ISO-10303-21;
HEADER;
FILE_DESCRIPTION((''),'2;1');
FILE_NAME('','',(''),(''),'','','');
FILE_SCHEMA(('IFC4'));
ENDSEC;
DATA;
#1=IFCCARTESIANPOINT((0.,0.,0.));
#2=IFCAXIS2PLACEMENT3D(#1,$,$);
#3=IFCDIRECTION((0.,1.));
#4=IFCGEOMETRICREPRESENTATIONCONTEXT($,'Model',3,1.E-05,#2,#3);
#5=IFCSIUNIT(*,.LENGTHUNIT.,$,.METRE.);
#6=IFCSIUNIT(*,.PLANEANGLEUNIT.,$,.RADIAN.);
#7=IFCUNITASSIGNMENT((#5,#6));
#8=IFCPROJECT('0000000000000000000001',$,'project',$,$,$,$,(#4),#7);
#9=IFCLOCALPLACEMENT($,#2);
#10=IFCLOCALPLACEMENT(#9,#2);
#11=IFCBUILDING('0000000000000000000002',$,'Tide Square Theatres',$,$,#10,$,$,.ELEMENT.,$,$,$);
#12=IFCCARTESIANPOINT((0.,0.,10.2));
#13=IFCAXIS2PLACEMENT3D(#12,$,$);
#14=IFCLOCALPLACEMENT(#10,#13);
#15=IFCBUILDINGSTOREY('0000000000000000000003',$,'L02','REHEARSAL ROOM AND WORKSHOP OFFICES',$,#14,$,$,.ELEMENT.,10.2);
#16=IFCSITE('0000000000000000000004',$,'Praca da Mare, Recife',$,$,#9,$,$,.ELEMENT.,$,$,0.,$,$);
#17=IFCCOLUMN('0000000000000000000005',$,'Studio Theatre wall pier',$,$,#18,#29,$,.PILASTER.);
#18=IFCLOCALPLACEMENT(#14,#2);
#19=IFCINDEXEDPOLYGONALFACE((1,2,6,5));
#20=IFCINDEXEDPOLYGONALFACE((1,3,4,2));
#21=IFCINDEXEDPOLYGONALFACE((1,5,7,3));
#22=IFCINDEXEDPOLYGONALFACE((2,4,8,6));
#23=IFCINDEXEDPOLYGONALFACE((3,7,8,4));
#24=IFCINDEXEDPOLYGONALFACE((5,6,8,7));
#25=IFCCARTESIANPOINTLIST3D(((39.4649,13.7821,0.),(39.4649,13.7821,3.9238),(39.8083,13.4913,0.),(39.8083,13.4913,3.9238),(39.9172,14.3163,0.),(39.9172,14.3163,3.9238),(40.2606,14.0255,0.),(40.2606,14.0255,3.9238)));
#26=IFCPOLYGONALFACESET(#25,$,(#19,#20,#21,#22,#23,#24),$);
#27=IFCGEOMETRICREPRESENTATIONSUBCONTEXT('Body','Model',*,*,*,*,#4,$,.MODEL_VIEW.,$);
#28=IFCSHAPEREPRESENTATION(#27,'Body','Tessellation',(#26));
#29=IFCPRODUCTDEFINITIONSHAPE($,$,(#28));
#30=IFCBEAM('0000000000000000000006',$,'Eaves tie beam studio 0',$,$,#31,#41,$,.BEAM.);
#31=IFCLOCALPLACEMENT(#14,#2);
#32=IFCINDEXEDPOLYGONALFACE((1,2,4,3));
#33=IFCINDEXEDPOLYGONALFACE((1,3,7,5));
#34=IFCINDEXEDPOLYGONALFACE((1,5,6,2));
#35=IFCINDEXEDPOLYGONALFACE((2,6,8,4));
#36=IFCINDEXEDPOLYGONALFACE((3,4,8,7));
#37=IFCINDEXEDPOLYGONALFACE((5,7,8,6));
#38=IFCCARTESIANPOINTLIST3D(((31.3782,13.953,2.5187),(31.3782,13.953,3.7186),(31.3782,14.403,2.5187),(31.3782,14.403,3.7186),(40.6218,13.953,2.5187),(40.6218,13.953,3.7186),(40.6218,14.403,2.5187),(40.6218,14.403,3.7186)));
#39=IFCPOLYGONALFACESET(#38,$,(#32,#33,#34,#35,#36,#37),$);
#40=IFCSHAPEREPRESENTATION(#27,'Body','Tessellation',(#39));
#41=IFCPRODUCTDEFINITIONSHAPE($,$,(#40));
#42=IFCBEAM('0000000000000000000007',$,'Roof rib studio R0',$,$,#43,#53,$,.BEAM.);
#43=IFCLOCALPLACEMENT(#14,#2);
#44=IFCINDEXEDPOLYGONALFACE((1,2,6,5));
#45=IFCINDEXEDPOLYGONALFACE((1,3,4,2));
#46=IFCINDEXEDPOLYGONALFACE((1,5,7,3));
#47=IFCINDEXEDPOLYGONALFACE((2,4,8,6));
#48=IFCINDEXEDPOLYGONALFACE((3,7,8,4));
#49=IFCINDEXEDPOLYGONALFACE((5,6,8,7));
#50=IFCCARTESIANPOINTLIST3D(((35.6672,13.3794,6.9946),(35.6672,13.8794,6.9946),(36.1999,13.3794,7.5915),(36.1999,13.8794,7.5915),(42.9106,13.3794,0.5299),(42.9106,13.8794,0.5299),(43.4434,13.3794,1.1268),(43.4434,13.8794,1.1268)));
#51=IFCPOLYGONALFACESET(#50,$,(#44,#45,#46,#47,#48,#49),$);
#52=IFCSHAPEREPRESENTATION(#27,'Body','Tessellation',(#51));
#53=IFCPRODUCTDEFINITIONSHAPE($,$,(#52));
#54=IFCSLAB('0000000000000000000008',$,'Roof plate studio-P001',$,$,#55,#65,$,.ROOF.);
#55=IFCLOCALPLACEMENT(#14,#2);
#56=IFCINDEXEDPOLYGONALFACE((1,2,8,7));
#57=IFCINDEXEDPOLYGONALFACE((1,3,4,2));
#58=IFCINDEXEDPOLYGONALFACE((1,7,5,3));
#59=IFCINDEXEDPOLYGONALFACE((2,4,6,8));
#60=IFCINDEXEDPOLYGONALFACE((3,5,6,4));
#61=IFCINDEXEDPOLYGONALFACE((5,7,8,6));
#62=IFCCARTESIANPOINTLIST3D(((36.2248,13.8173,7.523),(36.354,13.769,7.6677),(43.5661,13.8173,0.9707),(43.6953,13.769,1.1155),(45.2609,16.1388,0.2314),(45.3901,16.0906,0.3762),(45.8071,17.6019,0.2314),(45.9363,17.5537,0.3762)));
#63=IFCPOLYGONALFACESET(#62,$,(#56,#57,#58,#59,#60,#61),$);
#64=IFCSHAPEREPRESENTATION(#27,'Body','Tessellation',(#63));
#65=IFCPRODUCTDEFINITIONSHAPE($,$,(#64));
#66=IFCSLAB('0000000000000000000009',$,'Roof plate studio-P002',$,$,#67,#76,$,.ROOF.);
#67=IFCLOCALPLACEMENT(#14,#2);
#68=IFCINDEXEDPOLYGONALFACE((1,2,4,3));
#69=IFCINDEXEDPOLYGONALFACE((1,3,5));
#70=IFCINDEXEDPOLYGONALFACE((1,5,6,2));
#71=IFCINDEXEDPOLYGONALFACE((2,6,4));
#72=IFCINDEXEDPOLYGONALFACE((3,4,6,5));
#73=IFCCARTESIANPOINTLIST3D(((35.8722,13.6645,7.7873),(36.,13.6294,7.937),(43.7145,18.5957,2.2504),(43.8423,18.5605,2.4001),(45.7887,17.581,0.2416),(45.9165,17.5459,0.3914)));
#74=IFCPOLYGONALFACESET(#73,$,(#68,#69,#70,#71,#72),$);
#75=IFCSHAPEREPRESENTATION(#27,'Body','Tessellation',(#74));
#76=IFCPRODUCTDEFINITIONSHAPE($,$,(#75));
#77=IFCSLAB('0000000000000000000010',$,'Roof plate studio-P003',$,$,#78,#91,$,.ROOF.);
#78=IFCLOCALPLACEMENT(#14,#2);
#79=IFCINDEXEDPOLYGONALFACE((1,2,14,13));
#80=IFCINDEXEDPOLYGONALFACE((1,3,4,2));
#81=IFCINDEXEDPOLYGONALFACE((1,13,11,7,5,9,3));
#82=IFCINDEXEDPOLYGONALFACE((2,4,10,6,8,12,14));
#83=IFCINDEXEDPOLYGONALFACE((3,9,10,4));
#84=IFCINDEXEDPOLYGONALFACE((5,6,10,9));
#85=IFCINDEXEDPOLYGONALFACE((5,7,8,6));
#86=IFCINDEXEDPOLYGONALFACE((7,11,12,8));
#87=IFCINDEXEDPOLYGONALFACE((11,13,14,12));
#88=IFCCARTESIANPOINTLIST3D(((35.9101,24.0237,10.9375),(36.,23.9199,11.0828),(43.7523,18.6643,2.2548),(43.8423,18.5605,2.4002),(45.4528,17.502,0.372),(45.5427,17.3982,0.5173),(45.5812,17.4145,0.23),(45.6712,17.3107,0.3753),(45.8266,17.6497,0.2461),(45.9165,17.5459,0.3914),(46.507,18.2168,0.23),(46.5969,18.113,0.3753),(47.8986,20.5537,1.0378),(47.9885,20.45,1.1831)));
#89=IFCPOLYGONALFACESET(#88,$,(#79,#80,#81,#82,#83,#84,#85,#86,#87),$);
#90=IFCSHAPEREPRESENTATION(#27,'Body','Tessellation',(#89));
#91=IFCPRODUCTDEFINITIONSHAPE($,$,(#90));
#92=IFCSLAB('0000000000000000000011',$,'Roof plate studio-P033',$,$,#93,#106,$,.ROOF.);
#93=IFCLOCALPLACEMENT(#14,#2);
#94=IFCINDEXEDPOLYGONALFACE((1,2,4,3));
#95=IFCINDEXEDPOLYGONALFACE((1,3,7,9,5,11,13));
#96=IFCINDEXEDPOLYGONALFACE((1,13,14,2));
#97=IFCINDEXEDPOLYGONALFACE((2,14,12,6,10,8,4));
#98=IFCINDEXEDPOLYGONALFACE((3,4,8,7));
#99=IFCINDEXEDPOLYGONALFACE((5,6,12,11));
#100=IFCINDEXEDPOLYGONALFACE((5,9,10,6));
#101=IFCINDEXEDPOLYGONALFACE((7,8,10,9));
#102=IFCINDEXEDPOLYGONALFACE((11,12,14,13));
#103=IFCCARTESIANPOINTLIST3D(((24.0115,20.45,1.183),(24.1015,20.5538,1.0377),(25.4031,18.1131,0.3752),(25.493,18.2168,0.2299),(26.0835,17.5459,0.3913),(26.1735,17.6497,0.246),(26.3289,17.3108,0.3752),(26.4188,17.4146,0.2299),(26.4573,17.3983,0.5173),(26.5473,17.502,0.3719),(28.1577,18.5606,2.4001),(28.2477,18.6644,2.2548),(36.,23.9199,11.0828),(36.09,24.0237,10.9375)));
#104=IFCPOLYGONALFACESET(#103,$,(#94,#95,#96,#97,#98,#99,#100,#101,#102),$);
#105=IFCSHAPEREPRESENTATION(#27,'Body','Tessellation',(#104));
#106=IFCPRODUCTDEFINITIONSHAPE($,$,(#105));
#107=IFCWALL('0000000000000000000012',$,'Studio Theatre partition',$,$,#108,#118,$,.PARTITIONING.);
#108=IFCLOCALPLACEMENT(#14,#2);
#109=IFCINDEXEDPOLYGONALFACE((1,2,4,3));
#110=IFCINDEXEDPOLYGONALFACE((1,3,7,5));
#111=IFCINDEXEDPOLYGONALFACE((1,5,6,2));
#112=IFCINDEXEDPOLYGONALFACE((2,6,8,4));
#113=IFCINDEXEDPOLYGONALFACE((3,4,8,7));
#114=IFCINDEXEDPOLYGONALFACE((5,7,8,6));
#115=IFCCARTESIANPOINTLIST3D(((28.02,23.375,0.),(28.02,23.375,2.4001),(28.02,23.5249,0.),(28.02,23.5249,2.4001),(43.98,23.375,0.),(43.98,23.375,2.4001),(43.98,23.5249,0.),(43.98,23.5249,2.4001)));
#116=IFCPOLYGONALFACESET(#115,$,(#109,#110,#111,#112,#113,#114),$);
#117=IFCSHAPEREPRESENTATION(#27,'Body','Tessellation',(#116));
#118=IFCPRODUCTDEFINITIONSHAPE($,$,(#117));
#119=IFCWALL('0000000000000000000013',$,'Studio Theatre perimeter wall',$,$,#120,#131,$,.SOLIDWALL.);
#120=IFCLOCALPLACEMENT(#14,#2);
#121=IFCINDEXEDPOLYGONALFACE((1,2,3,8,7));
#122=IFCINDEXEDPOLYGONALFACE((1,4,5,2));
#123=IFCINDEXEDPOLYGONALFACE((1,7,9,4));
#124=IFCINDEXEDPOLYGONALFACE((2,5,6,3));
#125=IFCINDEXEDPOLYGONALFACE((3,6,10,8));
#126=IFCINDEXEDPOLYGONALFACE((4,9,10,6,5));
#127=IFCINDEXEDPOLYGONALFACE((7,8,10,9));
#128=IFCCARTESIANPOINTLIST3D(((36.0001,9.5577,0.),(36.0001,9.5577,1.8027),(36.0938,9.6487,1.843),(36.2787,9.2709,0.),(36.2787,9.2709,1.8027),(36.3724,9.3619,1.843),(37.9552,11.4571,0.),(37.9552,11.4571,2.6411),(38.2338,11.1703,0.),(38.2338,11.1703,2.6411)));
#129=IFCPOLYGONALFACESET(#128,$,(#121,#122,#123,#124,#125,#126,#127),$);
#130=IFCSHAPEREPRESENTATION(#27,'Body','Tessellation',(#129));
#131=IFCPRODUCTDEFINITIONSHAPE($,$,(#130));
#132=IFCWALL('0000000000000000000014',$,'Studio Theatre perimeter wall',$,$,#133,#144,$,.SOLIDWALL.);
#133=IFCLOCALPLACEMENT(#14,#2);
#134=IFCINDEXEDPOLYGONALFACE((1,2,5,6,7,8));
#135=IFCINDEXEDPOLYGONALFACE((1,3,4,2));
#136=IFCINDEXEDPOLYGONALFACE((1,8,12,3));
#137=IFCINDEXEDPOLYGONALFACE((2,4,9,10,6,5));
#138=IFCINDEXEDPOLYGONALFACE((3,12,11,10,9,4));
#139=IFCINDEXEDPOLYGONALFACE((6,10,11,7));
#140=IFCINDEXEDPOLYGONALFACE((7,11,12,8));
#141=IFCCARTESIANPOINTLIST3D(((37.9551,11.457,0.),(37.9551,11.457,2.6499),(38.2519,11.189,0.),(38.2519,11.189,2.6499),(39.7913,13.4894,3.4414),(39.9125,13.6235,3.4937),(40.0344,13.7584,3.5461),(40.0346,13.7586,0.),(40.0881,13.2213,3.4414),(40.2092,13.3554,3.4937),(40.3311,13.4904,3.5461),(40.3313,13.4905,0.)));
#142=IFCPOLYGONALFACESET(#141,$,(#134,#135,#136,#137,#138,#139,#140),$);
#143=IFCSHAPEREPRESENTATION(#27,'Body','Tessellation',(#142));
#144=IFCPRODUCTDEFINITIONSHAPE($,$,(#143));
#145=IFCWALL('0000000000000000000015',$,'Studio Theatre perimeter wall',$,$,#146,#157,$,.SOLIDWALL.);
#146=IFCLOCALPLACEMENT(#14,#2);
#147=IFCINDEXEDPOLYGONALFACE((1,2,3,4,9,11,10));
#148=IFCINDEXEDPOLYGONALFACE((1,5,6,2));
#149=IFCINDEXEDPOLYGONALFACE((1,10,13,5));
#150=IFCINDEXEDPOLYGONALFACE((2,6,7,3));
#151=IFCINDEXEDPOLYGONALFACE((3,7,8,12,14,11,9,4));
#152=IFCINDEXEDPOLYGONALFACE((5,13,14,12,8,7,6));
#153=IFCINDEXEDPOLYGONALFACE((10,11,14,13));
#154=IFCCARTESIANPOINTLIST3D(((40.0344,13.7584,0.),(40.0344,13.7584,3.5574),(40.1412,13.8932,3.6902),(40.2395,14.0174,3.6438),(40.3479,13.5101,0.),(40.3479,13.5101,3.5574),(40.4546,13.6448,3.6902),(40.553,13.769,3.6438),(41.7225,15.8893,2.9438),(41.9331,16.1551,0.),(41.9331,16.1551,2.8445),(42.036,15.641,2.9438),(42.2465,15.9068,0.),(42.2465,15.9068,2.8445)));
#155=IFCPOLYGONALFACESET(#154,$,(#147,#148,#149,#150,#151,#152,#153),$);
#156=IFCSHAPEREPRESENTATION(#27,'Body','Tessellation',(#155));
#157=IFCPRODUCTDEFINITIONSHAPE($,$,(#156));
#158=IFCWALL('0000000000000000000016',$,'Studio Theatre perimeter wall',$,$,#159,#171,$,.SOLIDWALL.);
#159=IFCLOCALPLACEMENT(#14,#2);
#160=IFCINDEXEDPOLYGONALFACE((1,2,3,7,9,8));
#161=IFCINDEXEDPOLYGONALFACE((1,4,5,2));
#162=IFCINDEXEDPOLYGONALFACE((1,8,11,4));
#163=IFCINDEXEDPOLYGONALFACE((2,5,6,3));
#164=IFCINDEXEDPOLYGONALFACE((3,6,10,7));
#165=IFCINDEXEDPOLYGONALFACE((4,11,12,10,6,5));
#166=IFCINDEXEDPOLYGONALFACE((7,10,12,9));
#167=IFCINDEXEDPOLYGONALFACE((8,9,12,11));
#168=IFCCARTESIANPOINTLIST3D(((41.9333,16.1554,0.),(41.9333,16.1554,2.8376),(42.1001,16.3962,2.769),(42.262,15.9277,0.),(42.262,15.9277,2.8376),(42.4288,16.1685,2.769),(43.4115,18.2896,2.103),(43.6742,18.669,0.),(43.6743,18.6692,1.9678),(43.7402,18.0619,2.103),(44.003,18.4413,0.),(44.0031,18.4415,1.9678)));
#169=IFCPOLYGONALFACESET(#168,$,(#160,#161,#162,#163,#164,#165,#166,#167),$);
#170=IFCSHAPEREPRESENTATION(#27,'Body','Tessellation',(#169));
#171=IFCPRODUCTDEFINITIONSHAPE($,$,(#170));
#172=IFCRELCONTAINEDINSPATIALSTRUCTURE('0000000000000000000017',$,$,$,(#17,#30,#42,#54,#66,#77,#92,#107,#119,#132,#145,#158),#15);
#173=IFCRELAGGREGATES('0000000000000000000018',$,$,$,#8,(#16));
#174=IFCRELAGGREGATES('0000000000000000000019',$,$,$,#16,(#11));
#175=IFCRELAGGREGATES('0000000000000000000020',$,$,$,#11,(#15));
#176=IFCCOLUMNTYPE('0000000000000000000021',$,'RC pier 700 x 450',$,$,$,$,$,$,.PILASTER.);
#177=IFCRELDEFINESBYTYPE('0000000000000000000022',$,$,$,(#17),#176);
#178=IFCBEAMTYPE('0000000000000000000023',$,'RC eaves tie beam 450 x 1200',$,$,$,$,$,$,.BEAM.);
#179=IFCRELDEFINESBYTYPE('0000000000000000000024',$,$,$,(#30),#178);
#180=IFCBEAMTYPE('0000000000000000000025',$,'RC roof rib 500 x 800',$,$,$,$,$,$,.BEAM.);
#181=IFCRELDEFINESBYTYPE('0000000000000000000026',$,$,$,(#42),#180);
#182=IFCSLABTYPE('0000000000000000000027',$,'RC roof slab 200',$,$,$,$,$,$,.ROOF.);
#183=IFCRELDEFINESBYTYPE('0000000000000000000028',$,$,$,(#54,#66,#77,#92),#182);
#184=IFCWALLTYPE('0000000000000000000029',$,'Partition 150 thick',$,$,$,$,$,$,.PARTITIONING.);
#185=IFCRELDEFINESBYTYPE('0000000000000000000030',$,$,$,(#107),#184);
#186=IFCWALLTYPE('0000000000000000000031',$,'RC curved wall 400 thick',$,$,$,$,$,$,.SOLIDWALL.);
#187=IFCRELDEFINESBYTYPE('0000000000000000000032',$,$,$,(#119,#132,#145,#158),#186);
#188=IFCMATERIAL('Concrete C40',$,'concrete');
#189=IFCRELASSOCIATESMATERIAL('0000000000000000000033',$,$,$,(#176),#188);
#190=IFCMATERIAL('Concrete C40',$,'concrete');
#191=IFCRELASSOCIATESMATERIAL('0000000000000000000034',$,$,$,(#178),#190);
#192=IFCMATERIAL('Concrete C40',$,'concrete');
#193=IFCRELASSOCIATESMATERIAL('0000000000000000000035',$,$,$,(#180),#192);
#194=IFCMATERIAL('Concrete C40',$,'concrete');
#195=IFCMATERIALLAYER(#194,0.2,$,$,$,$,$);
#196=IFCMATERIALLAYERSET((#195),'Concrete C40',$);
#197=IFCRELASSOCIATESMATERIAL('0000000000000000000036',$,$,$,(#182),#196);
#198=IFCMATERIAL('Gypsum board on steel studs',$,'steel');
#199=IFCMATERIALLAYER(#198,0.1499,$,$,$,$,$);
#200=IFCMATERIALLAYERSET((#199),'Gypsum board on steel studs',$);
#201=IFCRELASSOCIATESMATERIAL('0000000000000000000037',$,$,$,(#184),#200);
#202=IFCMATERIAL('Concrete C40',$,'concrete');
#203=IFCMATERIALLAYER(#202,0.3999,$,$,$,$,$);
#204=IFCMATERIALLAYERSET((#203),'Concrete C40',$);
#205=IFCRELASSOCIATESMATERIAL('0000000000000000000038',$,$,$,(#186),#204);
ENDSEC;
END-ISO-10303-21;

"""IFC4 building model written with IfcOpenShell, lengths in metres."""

from ifc_helpers import new_model, si_unit, direction, frame, frame_2d, origin, origin_2d, place, context, subcontext, project, spatial, polyline, rectangle, outline, extrude, material, layer, layer_set, material_profile, profile_set, type_object, element, save


model = new_model("IFC4")

# Units and contexts
model_context = context("Model", 3, precision=1e-05, world=origin(), true_north=direction((0.0, 1.0)))
body_context = subcontext(model_context, "Body", "Model", "MODEL_VIEW")
ifc_project = project(units=[si_unit("LENGTHUNIT", "METRE"), si_unit("PLANEANGLEUNIT", "RADIAN")], contexts=[model_context])

# Site, building, storey
site_placement = place(None, origin())
site = spatial("IfcSite", under=ifc_project, at=site_placement, Name="Praca da Mare, Recife", CompositionType="ELEMENT", RefElevation=0.0)
building_placement = place(site_placement, origin())
building = spatial("IfcBuilding", under=site, at=building_placement, Name="Tide Square Theatres", CompositionType="ELEMENT")
storey_placement = place(building_placement, frame((0.0, 0.0, 10.2)))
storey = spatial("IfcBuildingStorey", under=building, at=storey_placement, Name="L02", Description="REHEARSAL ROOM AND WORKSHOP OFFICES", CompositionType="ELEMENT", Elevation=10.2)

# Column
ifc_material_1 = material(Name="Concrete C40", Category="concrete")
ifc_material_profile_1 = material_profile(ifc_material_1, rectangle(XDim=0.7, YDim=0.45, at=origin_2d()))
ifc_profile_set_1 = profile_set([ifc_material_profile_1], Name="Concrete C40")
column_type = type_object("IfcColumnType", Name="RC pier 700 x 450", PredefinedType="PILASTER", material=ifc_profile_set_1)
column_placement = place(storey_placement, frame((39.8628, 13.9038, 0.0), z_axis=(0.0, 0.0, 1.0), x_axis=(0.646184, 0.763182, 0.0)))
element("IfcColumn", 1, at=column_placement, inside=storey, type_object=column_type, Name="Studio Theatre wall pier", PredefinedType="PILASTER", context=body_context, shape_type="SweptSolid", body=[
    extrude(rectangle(XDim=0.7, YDim=0.45, at=origin_2d()), origin(), (0.0, 0.0, 1.0), 3.9238),
])

# Beams
ifc_material_2 = material(Name="Concrete C40", Category="concrete")
ifc_material_profile_2 = material_profile(ifc_material_2, rectangle(XDim=0.45, YDim=1.2, at=origin_2d()))
ifc_profile_set_2 = profile_set([ifc_material_profile_2], Name="Concrete C40")
beam_type_1 = type_object("IfcBeamType", Name="RC eaves tie beam 450 x 1200", PredefinedType="BEAM", material=ifc_profile_set_2)
beam_1_placement = place(storey_placement, frame((40.6218, 14.178, 3.1187), z_axis=(-1.0, 0.0, 0.0), x_axis=(0.0, -1.0, 0.0)))
element("IfcBeam", 2, at=beam_1_placement, inside=storey, type_object=beam_type_1, Name="Eaves tie beam studio 0", PredefinedType="BEAM", context=body_context, shape_type="SweptSolid", body=[
    extrude(rectangle(XDim=0.45, YDim=1.2, at=origin_2d()), origin(), (0.0, 0.0, 1.0), 9.2437),
])
ifc_material_3 = material(Name="Concrete C40", Category="concrete")
ifc_material_profile_3 = material_profile(ifc_material_3, rectangle(XDim=0.5, YDim=0.8, at=origin_2d()))
ifc_profile_set_3 = profile_set([ifc_material_profile_3], Name="Concrete C40")
beam_type_2 = type_object("IfcBeamType", Name="RC roof rib 500 x 800", PredefinedType="BEAM", material=ifc_profile_set_3)
beam_2_placement = place(storey_placement, frame((43.177, 13.6294, 0.8284), z_axis=(-0.746077, 0.0, 0.665859), x_axis=(0.0, -1.0, 0.0)))
element("IfcBeam", 3, at=beam_2_placement, inside=storey, type_object=beam_type_2, Name="Roof rib studio R0", PredefinedType="BEAM", context=body_context, shape_type="SweptSolid", body=[
    extrude(rectangle(XDim=0.5, YDim=0.8, at=origin_2d()), origin(), (0.0, 0.0, 1.0), 9.7087),
])

# Slabs
ifc_material_4 = material(Name="Concrete C40", Category="concrete")
ifc_layer_1 = layer(ifc_material_4, 0.2)
ifc_layer_set_1 = layer_set([ifc_layer_1], Name="Concrete C40")
slab_type = type_object("IfcSlabType", Name="RC roof slab 200", PredefinedType="ROOF", material=ifc_layer_set_1)
slab_1_placement = place(storey_placement, frame((45.3901, 16.0906, 0.3762), z_axis=(0.646214, -0.241209, 0.724034), x_axis=(0.3497, 0.936862, -0.000002)))
element("IfcSlab", 4, at=slab_1_placement, inside=storey, type_object=slab_type, Name="Roof plate studio-P001", PredefinedType="ROOF", context=body_context, shape_type="SweptSolid", body=[
    extrude(outline(polyline([(0.0, 0.0), (1.5617, 0.0), (-5.3349, 10.571), (-2.7676, 1.0717), (0.0, 0.0)])), origin(), (0.0, 0.0, -1.0), 0.2),
])
slab_2_placement = place(storey_placement, frame((43.8423, 18.5605, 2.4001), z_axis=(0.639143, -0.175757, 0.748736), x_axis=(-0.726653, -0.456912, 0.513037)))
element("IfcSlab", 5, at=slab_2_placement, inside=storey, type_object=slab_type, Name="Roof plate studio-P002", PredefinedType="ROOF", context=body_context, shape_type="SweptSolid", body=[
    extrude(outline(polyline([(0.0, 0.0), (10.7923, 0.0), (-2.0742, 2.2505), (0.0, 0.0)])), origin(), (0.0, 0.0, -1.0), 0.2),
])
slab_3_placement = place(storey_placement, frame((47.9885, 20.45, 1.1831), z_axis=(0.44987, -0.519102, 0.726739), x_axis=(-0.752568, 0.217822, 0.621446)))
element("IfcSlab", 6, at=slab_3_placement, inside=storey, type_object=slab_type, Name="Roof plate studio-P003", PredefinedType="ROOF", context=body_context, shape_type="SweptSolid", body=[
    extrude(outline(polyline([(0.0, 0.0), (15.9301, 0.0), (3.4651, 3.1993), (0.4347, 3.6283), (0.7621, 3.8933), (0.5582, 3.9453), (0.0362, 2.8371), (0.0, 0.0)])), origin(), (0.0, 0.0, -1.0), 0.2),
])
slab_4_placement = place(storey_placement, frame((36.0, 23.9199, 11.0828), z_axis=(-0.44987, -0.519102, 0.726739), x_axis=(-0.752568, -0.217822, -0.621446)))
element("IfcSlab", 7, at=slab_4_placement, inside=storey, type_object=slab_type, Name="Roof plate studio-P033", PredefinedType="ROOF", context=body_context, shape_type="SweptSolid", body=[
    extrude(outline(polyline([(0.0, 0.0), (15.9301, 0.0), (15.8939, 2.8371), (15.372, 3.9453), (15.168, 3.8933), (15.4954, 3.6283), (12.465, 3.1993), (0.0, 0.0)])), origin(), (0.0, 0.0, -1.0), 0.2),
])

# Walls
ifc_material_5 = material(Name="Gypsum board on steel studs", Category="steel")
ifc_layer_2 = layer(ifc_material_5, 0.1499)
ifc_layer_set_2 = layer_set([ifc_layer_2], Name="Gypsum board on steel studs")
wall_type_1 = type_object("IfcWallType", Name="Partition 150 thick", PredefinedType="PARTITIONING", material=ifc_layer_set_2)
wall_1_placement = place(storey_placement, frame((43.98, 23.45, 0.0), z_axis=(0.0, 0.0, 1.0), x_axis=(-1.0, 0.0, 0.0)))
element("IfcWall", 8, at=wall_1_placement, inside=storey, type_object=wall_type_1, Name="Studio Theatre partition", PredefinedType="PARTITIONING", context=body_context, shape_type="SweptSolid", body=[
    extrude(rectangle(XDim=15.96, YDim=0.1499, at=frame_2d((7.98, 0.0))), origin(), (0.0, 0.0, 1.0), 2.4001),
])
ifc_material_6 = material(Name="Concrete C40", Category="concrete")
ifc_layer_3 = layer(ifc_material_6, 0.3999)
ifc_layer_set_3 = layer_set([ifc_layer_3], Name="Concrete C40")
wall_type_2 = type_object("IfcWallType", Name="RC curved wall 400 thick", PredefinedType="SOLIDWALL", material=ifc_layer_set_3)
wall_2_placement = place(storey_placement, frame((36.1394, 9.4143, 0.0), z_axis=(0.0, 0.0, 1.0), x_axis=(0.717244, 0.696823, 0.0)))
element("IfcWall", 9, at=wall_2_placement, inside=storey, type_object=wall_type_2, Name="Studio Theatre perimeter wall", PredefinedType="SOLIDWALL", context=body_context, shape_type="SweptSolid", body=[
    extrude(outline(polyline([(0.0, 0.0), (2.7258, 0.0), (2.7258, 2.6411), (0.1306, 1.843), (0.0, 1.8027), (0.0, 0.0)])), frame((0.0, 0.2, 0.0), z_axis=(0.0, -1.0, 0.0), x_axis=(1.0, 0.0, 0.0)), (0.0, 0.0, 1.0), 0.3999),
])
wall_3_placement = place(storey_placement, frame((38.1035, 11.323, 0.0), z_axis=(0.0, 0.0, 1.0), x_axis=(0.670386, 0.742013, 0.0)))
element("IfcWall", 10, at=wall_3_placement, inside=storey, type_object=wall_type_2, Name="Studio Theatre perimeter wall", PredefinedType="SOLIDWALL", context=body_context, shape_type="SweptSolid", body=[
    extrude(outline(polyline([(0.0, 0.0), (3.1018, 0.0), (3.1016, 3.5461), (2.9197, 3.4937), (2.739, 3.4414), (0.0, 2.6499), (0.0, 0.0)])), frame((0.0, 0.2, 0.0), z_axis=(0.0, -1.0, 0.0), x_axis=(1.0, 0.0, 0.0)), (0.0, 0.0, 1.0), 0.3999),
])
wall_4_placement = place(storey_placement, frame((40.1912, 13.6343, 0.0), z_axis=(0.0, 0.0, 1.0), x_axis=(0.620959, 0.783843, 0.0)))
element("IfcWall", 11, at=wall_4_placement, inside=storey, type_object=wall_type_2, Name="Studio Theatre perimeter wall", PredefinedType="SOLIDWALL", context=body_context, shape_type="SweptSolid", body=[
    extrude(outline(polyline([(0.0, 0.0), (3.0576, 0.0), (3.0576, 2.8445), (2.7185, 2.9438), (0.3303, 3.6438), (0.1719, 3.6902), (0.0, 3.5574), (0.0, 0.0)])), frame((0.0, 0.2, 0.0), z_axis=(0.0, -1.0, 0.0), x_axis=(1.0, 0.0, 0.0)), (0.0, 0.0, 1.0), 0.3999),
])
wall_5_placement = place(storey_placement, frame((42.0977, 16.0415, 0.0), z_axis=(0.0, 0.0, 1.0), x_axis=(0.569372, 0.82208, 0.0)))
element("IfcWall", 12, at=wall_5_placement, inside=storey, type_object=wall_type_2, Name="Studio Theatre perimeter wall", PredefinedType="SOLIDWALL", context=body_context, shape_type="SweptSolid", body=[
    extrude(outline(polyline([(0.0, 0.0), (3.0576, 0.0), (3.0579, 1.9678), (2.5962, 2.103), (0.293, 2.769), (0.0, 2.8376), (0.0, 0.0)])), frame((0.0, 0.2, 0.0), z_axis=(0.0, -1.0, 0.0), x_axis=(1.0, 0.0, 0.0)), (0.0, 0.0, 1.0), 0.3999),
])

save(model, "model.ifc")
